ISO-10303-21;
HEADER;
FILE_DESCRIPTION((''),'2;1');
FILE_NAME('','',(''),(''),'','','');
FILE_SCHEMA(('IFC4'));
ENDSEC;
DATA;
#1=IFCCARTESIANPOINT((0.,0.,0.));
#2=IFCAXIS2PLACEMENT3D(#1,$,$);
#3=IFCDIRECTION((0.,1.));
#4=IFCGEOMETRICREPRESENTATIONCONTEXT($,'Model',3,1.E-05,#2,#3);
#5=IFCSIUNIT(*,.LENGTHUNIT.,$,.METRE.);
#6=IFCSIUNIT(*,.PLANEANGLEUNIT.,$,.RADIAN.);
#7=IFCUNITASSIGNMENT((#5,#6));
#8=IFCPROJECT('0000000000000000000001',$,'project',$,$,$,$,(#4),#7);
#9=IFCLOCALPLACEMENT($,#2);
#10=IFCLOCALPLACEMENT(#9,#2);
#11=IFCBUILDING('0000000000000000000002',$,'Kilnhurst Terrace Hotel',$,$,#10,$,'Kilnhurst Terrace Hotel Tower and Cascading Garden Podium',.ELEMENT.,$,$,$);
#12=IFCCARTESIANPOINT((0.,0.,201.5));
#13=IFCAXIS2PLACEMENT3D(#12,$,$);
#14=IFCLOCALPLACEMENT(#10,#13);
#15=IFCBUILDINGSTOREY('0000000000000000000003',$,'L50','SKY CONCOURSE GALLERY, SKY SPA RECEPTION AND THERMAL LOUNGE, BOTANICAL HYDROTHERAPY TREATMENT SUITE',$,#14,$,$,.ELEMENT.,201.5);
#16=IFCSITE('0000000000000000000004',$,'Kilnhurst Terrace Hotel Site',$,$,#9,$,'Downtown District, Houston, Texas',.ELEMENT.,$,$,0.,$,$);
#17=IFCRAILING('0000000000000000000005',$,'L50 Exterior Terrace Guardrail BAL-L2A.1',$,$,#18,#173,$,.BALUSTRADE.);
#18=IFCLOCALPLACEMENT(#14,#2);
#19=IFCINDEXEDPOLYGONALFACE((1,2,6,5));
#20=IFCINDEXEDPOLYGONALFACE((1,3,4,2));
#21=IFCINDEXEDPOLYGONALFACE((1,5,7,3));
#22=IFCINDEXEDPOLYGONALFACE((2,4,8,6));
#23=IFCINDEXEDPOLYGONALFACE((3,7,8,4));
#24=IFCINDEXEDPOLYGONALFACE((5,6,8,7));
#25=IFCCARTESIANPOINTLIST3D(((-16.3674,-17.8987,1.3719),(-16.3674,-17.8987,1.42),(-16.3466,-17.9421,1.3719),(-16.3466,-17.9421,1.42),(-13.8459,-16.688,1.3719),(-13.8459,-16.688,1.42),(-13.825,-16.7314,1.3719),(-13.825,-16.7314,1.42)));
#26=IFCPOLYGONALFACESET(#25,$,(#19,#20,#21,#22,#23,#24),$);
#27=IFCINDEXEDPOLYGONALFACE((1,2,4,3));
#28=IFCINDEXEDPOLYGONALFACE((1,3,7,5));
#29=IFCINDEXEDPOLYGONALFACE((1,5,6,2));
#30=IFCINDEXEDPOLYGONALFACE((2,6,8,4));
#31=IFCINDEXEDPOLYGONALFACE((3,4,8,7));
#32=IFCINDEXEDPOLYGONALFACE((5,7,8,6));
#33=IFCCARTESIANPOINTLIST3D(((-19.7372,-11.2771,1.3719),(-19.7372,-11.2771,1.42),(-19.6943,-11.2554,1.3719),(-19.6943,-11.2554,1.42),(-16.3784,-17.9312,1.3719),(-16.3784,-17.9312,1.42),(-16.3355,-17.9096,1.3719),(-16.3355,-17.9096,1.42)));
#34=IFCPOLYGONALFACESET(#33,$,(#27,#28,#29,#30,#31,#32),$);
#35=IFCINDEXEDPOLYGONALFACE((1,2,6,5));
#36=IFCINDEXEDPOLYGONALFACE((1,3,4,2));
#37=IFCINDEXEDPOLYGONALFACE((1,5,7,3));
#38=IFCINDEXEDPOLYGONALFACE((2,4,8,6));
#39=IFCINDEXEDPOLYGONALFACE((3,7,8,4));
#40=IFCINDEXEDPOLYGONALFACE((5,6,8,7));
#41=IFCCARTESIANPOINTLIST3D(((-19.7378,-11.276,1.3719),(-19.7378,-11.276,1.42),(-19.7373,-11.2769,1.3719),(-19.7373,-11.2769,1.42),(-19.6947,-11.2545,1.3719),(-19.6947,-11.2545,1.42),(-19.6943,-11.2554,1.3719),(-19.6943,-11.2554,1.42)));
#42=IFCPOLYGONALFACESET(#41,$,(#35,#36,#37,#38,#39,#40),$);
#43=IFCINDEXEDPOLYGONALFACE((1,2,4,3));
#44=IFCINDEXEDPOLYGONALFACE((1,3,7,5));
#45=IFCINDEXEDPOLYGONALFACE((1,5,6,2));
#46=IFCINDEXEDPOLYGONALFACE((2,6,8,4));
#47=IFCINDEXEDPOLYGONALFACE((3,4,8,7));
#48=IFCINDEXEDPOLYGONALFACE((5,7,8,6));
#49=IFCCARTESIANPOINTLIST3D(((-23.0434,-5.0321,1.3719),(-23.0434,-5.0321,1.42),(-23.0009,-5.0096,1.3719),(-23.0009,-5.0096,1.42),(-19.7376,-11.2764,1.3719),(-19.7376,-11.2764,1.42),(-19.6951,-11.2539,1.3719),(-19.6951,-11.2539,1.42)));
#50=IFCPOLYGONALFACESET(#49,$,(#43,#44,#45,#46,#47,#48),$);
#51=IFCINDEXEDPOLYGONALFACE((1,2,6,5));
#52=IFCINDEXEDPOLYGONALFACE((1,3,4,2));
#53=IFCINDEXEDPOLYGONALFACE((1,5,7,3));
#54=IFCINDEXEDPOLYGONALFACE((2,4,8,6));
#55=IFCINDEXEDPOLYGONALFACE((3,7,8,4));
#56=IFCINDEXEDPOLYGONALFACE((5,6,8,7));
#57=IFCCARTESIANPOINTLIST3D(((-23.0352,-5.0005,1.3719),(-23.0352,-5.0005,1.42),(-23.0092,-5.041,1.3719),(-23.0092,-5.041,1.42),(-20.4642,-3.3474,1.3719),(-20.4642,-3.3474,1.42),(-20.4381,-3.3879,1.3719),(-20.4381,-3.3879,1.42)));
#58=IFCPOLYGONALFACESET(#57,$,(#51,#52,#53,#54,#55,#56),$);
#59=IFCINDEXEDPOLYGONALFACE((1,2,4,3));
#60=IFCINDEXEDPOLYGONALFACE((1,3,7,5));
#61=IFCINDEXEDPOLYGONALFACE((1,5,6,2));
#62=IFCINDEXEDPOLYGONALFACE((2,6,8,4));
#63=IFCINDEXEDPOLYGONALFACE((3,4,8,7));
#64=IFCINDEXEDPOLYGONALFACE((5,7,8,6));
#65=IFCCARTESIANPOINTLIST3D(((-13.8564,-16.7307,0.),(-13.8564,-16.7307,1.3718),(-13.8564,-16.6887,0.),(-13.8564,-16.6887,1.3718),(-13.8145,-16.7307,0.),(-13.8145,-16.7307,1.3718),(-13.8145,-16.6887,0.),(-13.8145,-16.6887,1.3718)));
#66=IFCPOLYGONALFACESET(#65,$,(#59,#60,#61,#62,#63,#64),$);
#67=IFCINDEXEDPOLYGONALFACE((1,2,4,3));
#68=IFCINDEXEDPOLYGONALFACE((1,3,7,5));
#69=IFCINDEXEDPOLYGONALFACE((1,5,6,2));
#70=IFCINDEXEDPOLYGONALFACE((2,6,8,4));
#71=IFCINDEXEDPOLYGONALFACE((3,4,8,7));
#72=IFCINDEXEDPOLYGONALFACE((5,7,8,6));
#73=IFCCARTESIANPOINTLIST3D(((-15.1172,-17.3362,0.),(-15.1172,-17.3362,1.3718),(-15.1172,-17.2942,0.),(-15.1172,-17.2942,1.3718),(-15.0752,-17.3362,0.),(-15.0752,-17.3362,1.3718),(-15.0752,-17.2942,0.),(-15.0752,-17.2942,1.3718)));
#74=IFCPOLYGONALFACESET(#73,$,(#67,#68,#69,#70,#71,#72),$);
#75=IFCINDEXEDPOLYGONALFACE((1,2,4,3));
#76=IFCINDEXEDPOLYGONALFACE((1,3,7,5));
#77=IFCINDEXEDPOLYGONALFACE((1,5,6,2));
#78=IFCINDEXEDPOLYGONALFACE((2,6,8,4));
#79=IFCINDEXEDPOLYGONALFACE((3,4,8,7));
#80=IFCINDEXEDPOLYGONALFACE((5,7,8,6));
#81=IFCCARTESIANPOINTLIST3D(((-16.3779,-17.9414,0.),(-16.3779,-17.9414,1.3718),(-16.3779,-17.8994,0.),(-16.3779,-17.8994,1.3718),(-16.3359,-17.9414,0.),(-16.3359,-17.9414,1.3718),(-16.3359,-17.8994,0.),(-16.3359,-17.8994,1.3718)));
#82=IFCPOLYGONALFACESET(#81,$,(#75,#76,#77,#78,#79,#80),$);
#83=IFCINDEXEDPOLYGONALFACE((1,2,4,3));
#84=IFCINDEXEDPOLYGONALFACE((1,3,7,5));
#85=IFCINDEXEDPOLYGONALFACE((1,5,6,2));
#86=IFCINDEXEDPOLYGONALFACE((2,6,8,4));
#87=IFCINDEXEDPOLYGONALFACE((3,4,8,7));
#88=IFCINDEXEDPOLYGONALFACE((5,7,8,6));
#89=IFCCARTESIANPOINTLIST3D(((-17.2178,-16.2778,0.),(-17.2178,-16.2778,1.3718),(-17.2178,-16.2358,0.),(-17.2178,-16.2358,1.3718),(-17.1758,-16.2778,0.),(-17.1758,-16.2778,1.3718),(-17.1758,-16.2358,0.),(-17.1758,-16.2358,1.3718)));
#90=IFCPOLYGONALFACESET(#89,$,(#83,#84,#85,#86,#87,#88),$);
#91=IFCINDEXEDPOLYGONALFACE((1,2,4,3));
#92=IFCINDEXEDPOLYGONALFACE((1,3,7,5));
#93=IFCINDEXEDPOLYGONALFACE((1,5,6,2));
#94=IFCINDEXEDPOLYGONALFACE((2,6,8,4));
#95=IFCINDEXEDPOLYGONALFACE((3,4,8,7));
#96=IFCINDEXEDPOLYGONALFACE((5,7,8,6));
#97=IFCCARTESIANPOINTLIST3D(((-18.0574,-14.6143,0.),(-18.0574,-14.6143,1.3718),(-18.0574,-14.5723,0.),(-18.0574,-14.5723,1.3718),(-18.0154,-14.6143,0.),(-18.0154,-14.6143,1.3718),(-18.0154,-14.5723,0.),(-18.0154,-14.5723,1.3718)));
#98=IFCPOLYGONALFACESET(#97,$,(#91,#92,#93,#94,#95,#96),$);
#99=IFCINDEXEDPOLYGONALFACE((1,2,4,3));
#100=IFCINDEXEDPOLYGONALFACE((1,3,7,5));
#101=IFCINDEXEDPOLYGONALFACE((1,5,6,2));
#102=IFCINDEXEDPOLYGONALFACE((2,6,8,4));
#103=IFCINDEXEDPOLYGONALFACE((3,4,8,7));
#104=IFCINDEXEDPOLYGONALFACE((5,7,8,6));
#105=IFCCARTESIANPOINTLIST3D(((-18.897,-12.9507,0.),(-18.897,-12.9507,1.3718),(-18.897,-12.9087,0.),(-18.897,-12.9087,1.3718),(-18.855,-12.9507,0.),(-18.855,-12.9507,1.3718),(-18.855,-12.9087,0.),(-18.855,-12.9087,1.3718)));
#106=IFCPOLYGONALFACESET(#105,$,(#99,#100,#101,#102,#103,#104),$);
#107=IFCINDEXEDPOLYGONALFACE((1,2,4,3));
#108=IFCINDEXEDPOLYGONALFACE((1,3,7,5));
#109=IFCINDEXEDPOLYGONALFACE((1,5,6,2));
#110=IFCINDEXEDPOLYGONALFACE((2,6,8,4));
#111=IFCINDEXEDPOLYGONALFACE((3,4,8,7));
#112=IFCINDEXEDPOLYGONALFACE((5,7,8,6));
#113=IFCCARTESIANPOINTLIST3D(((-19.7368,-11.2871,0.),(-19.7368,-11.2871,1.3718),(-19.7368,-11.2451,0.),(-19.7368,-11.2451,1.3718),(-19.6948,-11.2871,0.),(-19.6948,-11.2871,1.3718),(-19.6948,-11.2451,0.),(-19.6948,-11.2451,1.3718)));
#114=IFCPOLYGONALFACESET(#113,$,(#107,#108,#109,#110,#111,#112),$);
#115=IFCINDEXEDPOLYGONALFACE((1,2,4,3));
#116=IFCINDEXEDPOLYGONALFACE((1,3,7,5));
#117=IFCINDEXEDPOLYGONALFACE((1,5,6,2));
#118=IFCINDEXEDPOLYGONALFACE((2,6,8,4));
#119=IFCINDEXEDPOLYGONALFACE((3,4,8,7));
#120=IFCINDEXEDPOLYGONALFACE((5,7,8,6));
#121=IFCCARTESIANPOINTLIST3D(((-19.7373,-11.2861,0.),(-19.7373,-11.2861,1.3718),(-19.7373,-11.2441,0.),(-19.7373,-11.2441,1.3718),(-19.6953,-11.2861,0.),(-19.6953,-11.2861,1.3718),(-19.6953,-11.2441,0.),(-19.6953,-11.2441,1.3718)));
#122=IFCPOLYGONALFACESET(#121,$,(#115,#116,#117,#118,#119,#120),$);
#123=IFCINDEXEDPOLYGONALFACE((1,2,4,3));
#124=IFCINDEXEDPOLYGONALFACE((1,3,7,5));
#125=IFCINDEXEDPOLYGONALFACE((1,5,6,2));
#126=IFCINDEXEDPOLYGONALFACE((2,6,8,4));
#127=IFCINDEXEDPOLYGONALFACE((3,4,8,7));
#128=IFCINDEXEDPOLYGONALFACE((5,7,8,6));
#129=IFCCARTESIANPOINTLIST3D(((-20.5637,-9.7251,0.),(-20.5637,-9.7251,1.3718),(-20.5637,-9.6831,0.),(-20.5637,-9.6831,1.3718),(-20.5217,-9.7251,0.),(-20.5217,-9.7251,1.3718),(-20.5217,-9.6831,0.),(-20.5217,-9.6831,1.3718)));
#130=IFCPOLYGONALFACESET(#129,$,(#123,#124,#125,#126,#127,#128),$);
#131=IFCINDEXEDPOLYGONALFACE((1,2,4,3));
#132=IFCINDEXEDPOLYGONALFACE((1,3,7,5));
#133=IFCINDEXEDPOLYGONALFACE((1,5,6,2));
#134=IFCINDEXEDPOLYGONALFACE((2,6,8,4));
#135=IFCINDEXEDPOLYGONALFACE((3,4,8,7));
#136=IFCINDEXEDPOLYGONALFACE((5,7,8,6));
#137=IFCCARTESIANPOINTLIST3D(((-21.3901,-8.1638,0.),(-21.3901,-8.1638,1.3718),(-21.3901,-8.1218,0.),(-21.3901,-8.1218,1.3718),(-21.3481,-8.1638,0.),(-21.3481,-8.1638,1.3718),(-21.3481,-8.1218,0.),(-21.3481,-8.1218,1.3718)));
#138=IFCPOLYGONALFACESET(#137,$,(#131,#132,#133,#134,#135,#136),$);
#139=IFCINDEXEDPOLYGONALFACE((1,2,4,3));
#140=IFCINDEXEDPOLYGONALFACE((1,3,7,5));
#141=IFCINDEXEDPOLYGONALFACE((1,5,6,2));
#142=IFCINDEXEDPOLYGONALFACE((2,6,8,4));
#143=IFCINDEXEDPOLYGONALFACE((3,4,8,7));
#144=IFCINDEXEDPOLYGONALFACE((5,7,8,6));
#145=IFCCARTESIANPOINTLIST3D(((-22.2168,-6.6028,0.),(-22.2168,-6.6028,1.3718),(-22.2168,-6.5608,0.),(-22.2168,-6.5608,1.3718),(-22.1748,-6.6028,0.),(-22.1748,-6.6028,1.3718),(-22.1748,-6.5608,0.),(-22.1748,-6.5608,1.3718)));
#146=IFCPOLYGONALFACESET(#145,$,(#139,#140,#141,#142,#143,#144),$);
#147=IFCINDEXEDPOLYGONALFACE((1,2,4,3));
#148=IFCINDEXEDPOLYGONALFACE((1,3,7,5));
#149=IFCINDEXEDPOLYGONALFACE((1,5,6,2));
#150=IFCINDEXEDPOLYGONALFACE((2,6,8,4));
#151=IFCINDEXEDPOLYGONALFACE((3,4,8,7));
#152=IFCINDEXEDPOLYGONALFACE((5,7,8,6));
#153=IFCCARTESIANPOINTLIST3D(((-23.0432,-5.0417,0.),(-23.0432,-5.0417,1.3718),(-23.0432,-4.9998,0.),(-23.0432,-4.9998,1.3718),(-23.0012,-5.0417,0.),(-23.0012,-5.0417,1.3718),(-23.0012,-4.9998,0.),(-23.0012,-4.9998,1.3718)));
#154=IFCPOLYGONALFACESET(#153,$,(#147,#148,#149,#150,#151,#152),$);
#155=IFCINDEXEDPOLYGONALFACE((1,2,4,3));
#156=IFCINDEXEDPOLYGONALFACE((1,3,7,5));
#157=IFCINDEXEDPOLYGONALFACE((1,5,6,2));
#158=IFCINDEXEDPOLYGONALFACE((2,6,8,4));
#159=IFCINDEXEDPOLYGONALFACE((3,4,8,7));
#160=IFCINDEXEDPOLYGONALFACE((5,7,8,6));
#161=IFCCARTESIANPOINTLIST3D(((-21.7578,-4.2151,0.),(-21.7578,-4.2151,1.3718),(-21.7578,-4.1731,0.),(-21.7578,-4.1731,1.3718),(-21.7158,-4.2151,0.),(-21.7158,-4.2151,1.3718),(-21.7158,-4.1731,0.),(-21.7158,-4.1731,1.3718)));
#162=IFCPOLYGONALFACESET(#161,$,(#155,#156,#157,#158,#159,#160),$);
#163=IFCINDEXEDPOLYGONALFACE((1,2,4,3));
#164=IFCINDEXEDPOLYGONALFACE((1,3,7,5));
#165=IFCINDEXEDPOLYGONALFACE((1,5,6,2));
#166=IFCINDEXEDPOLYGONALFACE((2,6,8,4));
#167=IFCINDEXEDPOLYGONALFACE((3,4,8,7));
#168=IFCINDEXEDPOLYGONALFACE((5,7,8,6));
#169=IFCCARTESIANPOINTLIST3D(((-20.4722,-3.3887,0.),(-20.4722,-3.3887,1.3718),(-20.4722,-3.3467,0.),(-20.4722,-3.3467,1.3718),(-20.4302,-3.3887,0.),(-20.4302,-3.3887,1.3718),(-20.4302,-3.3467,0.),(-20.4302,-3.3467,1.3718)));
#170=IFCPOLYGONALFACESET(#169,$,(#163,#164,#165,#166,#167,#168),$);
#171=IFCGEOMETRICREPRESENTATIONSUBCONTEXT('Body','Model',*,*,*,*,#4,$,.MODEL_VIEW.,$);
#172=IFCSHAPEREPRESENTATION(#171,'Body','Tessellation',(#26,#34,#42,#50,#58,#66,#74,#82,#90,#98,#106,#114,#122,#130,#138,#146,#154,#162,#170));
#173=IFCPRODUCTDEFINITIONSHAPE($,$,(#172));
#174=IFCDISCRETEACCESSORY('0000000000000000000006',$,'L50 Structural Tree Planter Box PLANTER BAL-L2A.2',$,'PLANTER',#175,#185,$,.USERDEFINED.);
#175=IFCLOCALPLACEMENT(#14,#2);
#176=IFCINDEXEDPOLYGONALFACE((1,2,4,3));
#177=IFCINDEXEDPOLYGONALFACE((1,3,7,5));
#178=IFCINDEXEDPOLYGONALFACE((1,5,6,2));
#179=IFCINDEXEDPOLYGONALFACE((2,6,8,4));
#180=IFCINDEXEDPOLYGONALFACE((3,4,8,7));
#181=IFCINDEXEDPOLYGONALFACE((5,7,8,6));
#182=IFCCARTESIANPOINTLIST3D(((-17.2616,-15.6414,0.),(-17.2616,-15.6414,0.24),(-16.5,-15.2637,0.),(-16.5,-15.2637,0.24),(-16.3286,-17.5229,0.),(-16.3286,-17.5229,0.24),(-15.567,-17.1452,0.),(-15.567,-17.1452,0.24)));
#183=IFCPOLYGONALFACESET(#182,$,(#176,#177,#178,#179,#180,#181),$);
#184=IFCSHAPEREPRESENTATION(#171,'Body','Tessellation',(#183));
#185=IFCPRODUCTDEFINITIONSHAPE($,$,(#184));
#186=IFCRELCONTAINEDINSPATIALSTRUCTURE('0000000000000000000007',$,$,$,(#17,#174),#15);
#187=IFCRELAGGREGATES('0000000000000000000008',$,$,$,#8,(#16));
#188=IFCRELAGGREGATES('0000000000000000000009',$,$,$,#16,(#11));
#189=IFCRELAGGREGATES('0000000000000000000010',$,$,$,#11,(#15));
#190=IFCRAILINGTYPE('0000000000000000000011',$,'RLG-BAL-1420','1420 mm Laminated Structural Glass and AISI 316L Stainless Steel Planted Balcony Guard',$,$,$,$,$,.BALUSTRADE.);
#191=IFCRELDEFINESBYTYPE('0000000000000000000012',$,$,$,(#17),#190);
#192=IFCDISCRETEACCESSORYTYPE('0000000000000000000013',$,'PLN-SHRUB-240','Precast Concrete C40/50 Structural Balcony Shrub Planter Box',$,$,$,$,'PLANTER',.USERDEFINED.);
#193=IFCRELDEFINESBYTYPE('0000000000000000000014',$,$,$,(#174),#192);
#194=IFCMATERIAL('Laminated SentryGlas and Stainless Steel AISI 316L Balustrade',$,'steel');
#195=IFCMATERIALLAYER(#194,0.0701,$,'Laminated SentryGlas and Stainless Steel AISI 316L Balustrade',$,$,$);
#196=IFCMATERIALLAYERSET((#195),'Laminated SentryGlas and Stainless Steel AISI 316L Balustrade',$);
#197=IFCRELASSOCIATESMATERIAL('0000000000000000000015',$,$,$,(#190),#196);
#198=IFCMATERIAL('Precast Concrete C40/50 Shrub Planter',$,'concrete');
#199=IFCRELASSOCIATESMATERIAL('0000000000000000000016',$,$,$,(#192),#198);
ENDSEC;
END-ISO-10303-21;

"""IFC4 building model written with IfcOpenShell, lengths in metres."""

from ifc_helpers import new_model, si_unit, direction, frame, origin, origin_2d, place, context, subcontext, project, spatial, rectangle, extrude, material, layer, layer_set, type_object, element, save


model = new_model("IFC4")

# Units and contexts
model_context = context("Model", 3, precision=1e-05, world=origin(), true_north=direction((0.0, 1.0)))
body_context = subcontext(model_context, "Body", "Model", "MODEL_VIEW")
ifc_project = project(units=[si_unit("LENGTHUNIT", "METRE"), si_unit("PLANEANGLEUNIT", "RADIAN")], contexts=[model_context])

# Site, building, storey
site_placement = place(None, origin())
site = spatial("IfcSite", under=ifc_project, at=site_placement, Name="Kilnhurst Terrace Hotel Site", LongName="Downtown District, Houston, Texas", CompositionType="ELEMENT", RefElevation=0.0)
building_placement = place(site_placement, origin())
building = spatial("IfcBuilding", under=site, at=building_placement, Name="Kilnhurst Terrace Hotel", LongName="Kilnhurst Terrace Hotel Tower and Cascading Garden Podium", CompositionType="ELEMENT")
storey_placement = place(building_placement, frame((0.0, 0.0, 201.5)))
storey = spatial("IfcBuildingStorey", under=building, at=storey_placement, Name="L50", Description="SKY CONCOURSE GALLERY, SKY SPA RECEPTION AND THERMAL LOUNGE, BOTANICAL HYDROTHERAPY TREATMENT SUITE", CompositionType="ELEMENT", Elevation=201.5)

# Railing
ifc_material_1 = material(Name="Laminated SentryGlas and Stainless Steel AISI 316L Balustrade", Category="steel")
ifc_layer_1 = layer(ifc_material_1, 0.0701, Name="Laminated SentryGlas and Stainless Steel AISI 316L Balustrade")
ifc_layer_set_1 = layer_set([ifc_layer_1], Name="Laminated SentryGlas and Stainless Steel AISI 316L Balustrade")
railing_type = type_object("IfcRailingType", Name="RLG-BAL-1420", Description="1420 mm Laminated Structural Glass and AISI 316L Stainless Steel Planted Balcony Guard", PredefinedType="BALUSTRADE", material=ifc_layer_set_1)
railing_placement = place(storey_placement, frame((-13.8354, -16.7097, 0.0)))
element("IfcRailing", 1, at=railing_placement, inside=storey, type_object=railing_type, Name="L50 Exterior Terrace Guardrail BAL-L2A.1", PredefinedType="BALUSTRADE", context=body_context, shape_type="SweptSolid", body=[
    extrude(rectangle(XDim=0.0481, YDim=0.0481, at=origin_2d()), frame((0.0, 0.0, 1.396), z_axis=(-0.90147, -0.432842, 0.0), x_axis=(0.432842, -0.90147, 0.0)), (0.0, 0.0, 1.0), 2.7971),
    extrude(rectangle(XDim=0.0481, YDim=0.0481, at=origin_2d()), frame((-2.5215, -1.2107, 1.396), z_axis=(-0.450617, 0.892718, 0.0), x_axis=(-0.892718, -0.450617, 0.0)), (0.0, 0.0, 1.0), 7.4539),
    extrude(rectangle(XDim=0.0481, YDim=0.0481, at=origin_2d()), frame((-5.8804, 5.4436, 1.396), z_axis=(-0.447214, 0.894427, 0.0), x_axis=(-0.894427, -0.447214, 0.0)), (0.0, 0.0, 1.0), 0.001),
    extrude(rectangle(XDim=0.0481, YDim=0.0481, at=origin_2d()), frame((-5.8809, 5.4446, 1.396), z_axis=(-0.467894, 0.883785, 0.0), x_axis=(-0.883785, -0.467894, 0.0)), (0.0, 0.0, 1.0), 7.0654),
    extrude(rectangle(XDim=0.0481, YDim=0.0481, at=origin_2d()), frame((-9.1868, 11.689, 1.396), z_axis=(0.84114, 0.540818, 0.0), x_axis=(-0.540818, 0.84114, 0.0)), (0.0, 0.0, 1.0), 3.0566),
    extrude(rectangle(XDim=0.042, YDim=0.042, at=origin_2d()), origin(), (0.0, 0.0, 1.0), 1.3718),
    extrude(rectangle(XDim=0.042, YDim=0.042, at=origin_2d()), frame((-1.2607, -0.6055, 0.0)), (0.0, 0.0, 1.0), 1.3718),
    extrude(rectangle(XDim=0.042, YDim=0.042, at=origin_2d()), frame((-2.5215, -1.2107, 0.0)), (0.0, 0.0, 1.0), 1.3718),
    extrude(rectangle(XDim=0.042, YDim=0.042, at=origin_2d()), frame((-3.3613, 0.4529, 0.0)), (0.0, 0.0, 1.0), 1.3718),
    extrude(rectangle(XDim=0.042, YDim=0.042, at=origin_2d()), frame((-4.2009, 2.1165, 0.0)), (0.0, 0.0, 1.0), 1.3718),
    extrude(rectangle(XDim=0.042, YDim=0.042, at=origin_2d()), frame((-5.0405, 3.78, 0.0)), (0.0, 0.0, 1.0), 1.3718),
    extrude(rectangle(XDim=0.042, YDim=0.042, at=origin_2d()), frame((-5.8804, 5.4436, 0.0)), (0.0, 0.0, 1.0), 1.3718),
    extrude(rectangle(XDim=0.042, YDim=0.042, at=origin_2d()), frame((-5.8809, 5.4446, 0.0)), (0.0, 0.0, 1.0), 1.3718),
    extrude(rectangle(XDim=0.042, YDim=0.042, at=origin_2d()), frame((-6.7073, 7.0056, 0.0)), (0.0, 0.0, 1.0), 1.3718),
    extrude(rectangle(XDim=0.042, YDim=0.042, at=origin_2d()), frame((-7.5337, 8.5669, 0.0)), (0.0, 0.0, 1.0), 1.3718),
    extrude(rectangle(XDim=0.042, YDim=0.042, at=origin_2d()), frame((-8.3604, 10.1279, 0.0)), (0.0, 0.0, 1.0), 1.3718),
    extrude(rectangle(XDim=0.042, YDim=0.042, at=origin_2d()), frame((-9.1868, 11.689, 0.0)), (0.0, 0.0, 1.0), 1.3718),
    extrude(rectangle(XDim=0.042, YDim=0.042, at=origin_2d()), frame((-7.9014, 12.5156, 0.0)), (0.0, 0.0, 1.0), 1.3718),
    extrude(rectangle(XDim=0.042, YDim=0.042, at=origin_2d()), frame((-6.6157, 13.342, 0.0)), (0.0, 0.0, 1.0), 1.3718),
])

# Discrete accessory
ifc_material_2 = material(Name="Precast Concrete C40/50 Shrub Planter", Category="concrete")
discrete_accessory_type = type_object("IfcDiscreteAccessoryType", Name="PLN-SHRUB-240", Description="Precast Concrete C40/50 Structural Balcony Shrub Planter Box", ElementType="PLANTER", PredefinedType="USERDEFINED", material=ifc_material_2)
discrete_accessory_placement = place(storey_placement, frame((-16.4143, -16.3933, 0.0), z_axis=(0.0, 0.0, 1.0), x_axis=(0.444244, -0.895906, 0.0)))
element("IfcDiscreteAccessory", 2, at=discrete_accessory_placement, inside=storey, type_object=discrete_accessory_type, Name="L50 Structural Tree Planter Box PLANTER BAL-L2A.2", ObjectType="PLANTER", PredefinedType="USERDEFINED", context=body_context, shape_type="SweptSolid", body=[
    extrude(rectangle(XDim=2.1001, YDim=0.8501, at=origin_2d()), origin(), (0.0, 0.0, 1.0), 0.24),
])

save(model, "model.ifc")
